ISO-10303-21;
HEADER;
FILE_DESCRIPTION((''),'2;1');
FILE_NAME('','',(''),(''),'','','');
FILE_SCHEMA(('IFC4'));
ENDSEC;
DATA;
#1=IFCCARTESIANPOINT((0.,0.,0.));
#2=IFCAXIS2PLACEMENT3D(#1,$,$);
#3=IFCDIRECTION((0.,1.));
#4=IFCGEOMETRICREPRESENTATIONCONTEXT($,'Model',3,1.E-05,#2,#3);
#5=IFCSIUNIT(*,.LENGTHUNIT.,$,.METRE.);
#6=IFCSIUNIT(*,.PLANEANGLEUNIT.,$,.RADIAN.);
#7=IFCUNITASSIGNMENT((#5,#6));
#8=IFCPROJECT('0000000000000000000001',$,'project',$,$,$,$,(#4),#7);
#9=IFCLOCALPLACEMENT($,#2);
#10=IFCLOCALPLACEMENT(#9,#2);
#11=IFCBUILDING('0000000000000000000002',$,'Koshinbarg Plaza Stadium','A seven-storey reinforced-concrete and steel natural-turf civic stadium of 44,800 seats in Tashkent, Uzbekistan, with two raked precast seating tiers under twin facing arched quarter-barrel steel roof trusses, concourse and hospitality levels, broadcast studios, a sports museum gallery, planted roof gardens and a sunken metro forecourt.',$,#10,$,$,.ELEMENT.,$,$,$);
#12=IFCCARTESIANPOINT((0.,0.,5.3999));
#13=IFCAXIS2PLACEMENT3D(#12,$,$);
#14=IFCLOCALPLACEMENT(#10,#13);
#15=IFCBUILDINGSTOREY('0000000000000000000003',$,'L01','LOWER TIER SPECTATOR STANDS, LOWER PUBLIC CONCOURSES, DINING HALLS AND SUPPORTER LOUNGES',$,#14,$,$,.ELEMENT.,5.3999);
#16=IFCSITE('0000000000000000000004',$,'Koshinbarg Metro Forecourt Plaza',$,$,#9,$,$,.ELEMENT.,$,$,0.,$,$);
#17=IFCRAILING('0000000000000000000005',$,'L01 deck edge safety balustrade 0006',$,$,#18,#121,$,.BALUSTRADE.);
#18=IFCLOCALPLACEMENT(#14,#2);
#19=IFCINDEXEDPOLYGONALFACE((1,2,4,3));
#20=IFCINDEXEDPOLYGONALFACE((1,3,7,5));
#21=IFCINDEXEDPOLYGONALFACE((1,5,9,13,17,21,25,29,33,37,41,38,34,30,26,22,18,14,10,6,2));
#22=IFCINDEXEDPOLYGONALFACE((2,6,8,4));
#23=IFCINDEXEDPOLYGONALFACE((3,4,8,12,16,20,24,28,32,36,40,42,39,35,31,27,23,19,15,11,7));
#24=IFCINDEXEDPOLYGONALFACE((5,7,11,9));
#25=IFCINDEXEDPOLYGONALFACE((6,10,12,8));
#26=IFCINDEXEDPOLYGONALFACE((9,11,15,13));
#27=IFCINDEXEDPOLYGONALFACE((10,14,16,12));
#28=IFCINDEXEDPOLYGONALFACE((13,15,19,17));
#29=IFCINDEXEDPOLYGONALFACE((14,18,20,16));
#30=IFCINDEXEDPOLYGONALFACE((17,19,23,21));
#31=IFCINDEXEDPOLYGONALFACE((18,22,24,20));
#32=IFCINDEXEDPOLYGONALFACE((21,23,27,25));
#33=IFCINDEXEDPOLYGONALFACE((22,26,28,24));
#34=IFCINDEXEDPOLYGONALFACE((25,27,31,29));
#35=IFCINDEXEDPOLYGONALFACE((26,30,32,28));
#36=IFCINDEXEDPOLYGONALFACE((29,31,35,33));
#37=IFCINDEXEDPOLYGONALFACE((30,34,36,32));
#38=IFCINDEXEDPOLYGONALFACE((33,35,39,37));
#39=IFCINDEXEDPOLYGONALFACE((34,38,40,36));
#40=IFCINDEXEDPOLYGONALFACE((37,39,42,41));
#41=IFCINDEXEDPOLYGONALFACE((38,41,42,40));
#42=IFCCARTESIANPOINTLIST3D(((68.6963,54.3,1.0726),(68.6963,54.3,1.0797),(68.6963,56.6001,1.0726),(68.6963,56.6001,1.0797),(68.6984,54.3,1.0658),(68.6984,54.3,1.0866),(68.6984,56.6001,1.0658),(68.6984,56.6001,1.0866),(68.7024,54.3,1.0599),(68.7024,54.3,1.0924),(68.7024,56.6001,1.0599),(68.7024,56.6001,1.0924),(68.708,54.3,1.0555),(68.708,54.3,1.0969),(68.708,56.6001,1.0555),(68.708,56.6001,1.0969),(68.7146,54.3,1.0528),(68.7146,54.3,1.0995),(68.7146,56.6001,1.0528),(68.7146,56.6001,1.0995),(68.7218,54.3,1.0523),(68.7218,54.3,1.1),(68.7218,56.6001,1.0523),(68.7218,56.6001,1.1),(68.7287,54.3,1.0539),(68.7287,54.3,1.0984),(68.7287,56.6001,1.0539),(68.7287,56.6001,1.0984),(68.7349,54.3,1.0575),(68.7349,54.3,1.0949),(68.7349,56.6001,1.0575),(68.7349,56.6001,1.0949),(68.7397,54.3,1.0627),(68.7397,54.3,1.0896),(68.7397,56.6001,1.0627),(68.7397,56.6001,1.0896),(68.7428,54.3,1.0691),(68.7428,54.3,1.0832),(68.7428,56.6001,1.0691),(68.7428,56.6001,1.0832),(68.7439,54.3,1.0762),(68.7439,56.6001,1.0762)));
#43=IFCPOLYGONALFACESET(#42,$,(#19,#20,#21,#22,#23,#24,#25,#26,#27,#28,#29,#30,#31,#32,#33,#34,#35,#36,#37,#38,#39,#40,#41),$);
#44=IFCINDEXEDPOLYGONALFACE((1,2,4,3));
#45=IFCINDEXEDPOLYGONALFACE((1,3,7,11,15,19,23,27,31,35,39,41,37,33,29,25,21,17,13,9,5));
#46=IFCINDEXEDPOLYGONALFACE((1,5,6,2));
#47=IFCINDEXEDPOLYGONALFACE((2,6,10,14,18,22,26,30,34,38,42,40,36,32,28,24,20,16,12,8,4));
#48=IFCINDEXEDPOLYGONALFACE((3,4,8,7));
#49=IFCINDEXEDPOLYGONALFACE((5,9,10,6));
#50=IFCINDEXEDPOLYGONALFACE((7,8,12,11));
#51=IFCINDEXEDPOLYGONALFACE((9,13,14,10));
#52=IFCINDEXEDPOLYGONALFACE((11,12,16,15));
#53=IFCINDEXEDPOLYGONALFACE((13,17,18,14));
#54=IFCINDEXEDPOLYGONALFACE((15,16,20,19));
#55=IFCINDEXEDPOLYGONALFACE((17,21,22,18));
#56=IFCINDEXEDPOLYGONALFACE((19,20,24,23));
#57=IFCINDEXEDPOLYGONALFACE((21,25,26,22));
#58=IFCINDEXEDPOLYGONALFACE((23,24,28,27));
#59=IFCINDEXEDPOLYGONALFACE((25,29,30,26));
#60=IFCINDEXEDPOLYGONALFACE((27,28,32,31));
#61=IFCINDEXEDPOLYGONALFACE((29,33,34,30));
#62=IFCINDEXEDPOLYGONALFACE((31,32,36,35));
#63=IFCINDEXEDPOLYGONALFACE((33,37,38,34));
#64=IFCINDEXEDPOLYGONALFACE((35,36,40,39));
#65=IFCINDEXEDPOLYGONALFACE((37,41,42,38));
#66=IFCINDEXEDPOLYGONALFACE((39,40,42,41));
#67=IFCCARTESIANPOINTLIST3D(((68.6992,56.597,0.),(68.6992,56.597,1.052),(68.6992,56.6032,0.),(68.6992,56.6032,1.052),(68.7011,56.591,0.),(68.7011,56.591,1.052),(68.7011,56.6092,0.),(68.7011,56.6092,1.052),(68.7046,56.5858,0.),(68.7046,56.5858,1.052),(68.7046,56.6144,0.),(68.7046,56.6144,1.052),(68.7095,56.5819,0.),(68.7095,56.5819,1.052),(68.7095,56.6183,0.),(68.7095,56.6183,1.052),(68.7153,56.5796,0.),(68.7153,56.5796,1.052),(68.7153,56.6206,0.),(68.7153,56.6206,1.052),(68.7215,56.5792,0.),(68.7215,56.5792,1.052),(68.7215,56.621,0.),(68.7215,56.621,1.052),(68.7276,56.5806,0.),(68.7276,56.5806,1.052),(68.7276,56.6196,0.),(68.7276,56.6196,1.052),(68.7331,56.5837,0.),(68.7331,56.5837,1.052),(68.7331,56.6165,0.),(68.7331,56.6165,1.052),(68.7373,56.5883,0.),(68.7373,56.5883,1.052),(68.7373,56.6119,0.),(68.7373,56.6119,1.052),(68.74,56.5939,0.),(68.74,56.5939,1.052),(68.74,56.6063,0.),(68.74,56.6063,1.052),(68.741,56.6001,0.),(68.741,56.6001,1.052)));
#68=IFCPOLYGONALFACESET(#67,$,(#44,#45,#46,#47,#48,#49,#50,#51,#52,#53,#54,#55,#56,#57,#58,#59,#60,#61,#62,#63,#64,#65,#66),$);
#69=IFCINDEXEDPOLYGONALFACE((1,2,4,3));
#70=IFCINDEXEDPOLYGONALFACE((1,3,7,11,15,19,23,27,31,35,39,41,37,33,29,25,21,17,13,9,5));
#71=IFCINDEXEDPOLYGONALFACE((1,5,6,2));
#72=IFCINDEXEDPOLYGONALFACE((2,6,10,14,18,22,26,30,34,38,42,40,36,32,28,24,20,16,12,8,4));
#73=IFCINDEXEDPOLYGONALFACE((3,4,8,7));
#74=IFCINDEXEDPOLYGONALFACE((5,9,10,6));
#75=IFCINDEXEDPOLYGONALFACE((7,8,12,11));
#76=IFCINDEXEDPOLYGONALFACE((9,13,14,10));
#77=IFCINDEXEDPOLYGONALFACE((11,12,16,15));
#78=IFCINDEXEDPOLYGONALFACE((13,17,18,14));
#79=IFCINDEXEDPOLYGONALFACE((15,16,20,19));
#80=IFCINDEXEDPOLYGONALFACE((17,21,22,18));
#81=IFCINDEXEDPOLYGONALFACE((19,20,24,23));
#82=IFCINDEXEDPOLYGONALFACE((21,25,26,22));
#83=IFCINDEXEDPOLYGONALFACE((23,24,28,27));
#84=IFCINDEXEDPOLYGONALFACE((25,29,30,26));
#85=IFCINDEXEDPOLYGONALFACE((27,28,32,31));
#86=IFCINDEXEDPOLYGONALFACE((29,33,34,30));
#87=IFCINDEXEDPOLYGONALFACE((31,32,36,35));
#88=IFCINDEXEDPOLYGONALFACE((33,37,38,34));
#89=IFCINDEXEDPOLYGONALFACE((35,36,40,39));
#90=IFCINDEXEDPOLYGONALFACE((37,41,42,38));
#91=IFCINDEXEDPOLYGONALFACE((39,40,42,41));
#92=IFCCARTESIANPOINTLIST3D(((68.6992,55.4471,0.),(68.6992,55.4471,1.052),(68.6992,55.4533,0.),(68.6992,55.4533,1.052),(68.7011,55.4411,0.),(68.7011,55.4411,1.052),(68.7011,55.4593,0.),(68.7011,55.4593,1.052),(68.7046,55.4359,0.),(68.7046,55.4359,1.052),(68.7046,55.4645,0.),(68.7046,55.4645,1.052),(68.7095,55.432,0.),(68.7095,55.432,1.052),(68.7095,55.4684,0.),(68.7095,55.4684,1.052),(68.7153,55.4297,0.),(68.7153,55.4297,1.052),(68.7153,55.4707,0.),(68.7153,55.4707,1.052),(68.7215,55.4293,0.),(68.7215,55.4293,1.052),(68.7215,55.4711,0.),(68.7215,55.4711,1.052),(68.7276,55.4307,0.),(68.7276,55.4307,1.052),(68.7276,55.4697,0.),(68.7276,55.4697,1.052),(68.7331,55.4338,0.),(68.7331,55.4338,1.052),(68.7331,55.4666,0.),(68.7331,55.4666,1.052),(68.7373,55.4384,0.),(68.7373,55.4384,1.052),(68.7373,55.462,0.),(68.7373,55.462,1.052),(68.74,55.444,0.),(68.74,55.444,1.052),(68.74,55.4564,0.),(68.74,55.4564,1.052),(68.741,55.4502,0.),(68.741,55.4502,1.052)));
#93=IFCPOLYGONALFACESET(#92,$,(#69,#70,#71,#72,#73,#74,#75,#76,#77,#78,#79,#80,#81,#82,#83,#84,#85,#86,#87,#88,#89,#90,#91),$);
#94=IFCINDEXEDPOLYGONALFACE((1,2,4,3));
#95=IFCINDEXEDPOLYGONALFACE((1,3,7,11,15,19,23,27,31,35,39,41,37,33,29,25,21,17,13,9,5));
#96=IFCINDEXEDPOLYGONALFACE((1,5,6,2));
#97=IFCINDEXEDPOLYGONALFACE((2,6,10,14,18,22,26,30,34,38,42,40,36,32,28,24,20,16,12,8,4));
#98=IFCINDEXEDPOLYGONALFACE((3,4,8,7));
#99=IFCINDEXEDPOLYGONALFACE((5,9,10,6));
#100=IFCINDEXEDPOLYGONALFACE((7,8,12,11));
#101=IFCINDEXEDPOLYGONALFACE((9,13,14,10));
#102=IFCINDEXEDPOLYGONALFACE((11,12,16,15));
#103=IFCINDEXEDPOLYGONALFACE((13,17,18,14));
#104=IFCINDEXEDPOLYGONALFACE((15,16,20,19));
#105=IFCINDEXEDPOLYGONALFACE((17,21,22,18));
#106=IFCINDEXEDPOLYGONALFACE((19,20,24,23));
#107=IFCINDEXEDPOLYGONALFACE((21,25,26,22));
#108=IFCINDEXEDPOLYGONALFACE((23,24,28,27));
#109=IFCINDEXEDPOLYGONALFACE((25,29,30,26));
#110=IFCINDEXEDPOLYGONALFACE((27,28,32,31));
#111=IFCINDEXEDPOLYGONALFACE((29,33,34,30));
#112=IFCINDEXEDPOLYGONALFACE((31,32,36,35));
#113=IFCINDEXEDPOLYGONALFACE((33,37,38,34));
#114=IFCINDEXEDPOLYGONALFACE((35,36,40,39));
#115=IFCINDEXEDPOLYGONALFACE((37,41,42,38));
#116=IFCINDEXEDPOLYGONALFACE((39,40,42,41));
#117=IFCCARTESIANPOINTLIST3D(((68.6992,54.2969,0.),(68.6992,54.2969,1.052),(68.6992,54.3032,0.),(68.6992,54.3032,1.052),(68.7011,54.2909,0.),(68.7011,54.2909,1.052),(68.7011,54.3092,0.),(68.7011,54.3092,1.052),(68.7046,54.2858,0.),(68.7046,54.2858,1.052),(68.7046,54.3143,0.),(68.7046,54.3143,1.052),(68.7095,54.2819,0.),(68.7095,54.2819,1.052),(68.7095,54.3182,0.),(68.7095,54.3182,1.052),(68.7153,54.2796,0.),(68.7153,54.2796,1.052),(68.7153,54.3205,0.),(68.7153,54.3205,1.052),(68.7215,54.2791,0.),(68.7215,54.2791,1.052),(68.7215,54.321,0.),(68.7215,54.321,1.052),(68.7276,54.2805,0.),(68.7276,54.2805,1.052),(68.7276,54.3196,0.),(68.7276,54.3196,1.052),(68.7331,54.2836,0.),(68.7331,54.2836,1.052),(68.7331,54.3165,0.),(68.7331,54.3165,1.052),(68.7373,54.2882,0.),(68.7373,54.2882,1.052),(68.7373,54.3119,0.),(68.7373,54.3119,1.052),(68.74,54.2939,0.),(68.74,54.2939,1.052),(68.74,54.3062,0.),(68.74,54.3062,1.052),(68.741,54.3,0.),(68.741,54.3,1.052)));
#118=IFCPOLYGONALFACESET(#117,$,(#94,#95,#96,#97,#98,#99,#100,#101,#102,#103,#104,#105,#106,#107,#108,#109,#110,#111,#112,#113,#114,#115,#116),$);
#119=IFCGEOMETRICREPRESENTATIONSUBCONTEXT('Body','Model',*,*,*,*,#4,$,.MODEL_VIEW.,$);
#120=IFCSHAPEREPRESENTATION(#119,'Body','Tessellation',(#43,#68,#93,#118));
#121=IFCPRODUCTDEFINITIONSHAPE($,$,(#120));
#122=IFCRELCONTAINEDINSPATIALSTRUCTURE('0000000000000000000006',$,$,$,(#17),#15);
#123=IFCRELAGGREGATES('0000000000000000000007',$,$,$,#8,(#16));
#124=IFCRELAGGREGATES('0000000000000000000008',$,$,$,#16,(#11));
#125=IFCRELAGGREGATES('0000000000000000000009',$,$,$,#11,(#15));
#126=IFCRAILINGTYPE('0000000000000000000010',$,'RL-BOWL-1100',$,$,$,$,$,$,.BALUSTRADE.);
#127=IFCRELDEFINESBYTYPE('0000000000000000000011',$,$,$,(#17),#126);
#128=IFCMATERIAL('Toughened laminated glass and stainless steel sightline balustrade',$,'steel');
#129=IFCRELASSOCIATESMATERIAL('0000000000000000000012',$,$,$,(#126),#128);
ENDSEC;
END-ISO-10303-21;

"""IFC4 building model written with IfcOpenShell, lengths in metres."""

from ifc_helpers import new_model, si_unit, direction, frame, origin, origin_2d, place, context, subcontext, project, spatial, circle, extrude, material, type_object, element, save


model = new_model("IFC4")

# Units and contexts
model_context = context("Model", 3, precision=1e-05, world=origin(), true_north=direction((0.0, 1.0)))
body_context = subcontext(model_context, "Body", "Model", "MODEL_VIEW")
ifc_project = project(units=[si_unit("LENGTHUNIT", "METRE"), si_unit("PLANEANGLEUNIT", "RADIAN")], contexts=[model_context])

# Site, building, storey
site_placement = place(None, origin())
site = spatial("IfcSite", under=ifc_project, at=site_placement, Name="Koshinbarg Metro Forecourt Plaza", CompositionType="ELEMENT", RefElevation=0.0)
building_placement = place(site_placement, origin())
building = spatial("IfcBuilding", under=site, at=building_placement, Name="Koshinbarg Plaza Stadium", Description="A seven-storey reinforced-concrete and steel natural-turf civic stadium of 44,800 seats in Tashkent, Uzbekistan, with two raked precast seating tiers under twin facing arched quarter-barrel steel roof trusses, concourse and hospitality levels, broadcast studios, a sports museum gallery, planted roof gardens and a sunken metro forecourt.", CompositionType="ELEMENT")
storey_placement = place(building_placement, frame((0.0, 0.0, 5.3999)))
storey = spatial("IfcBuildingStorey", under=building, at=storey_placement, Name="L01", Description="LOWER TIER SPECTATOR STANDS, LOWER PUBLIC CONCOURSES, DINING HALLS AND SUPPORTER LOUNGES", CompositionType="ELEMENT", Elevation=5.3999)

# Railing
ifc_material_1 = material(Name="Toughened laminated glass and stainless steel sightline balustrade", Category="steel")
railing_type_1 = type_object("IfcRailingType", Name="RL-BOWL-1100", PredefinedType="BALUSTRADE", material=ifc_material_1)
railing_1_placement = place(storey_placement, frame((68.72, 56.6001, 0.0)))
element("IfcRailing", 1, at=railing_1_placement, inside=storey, type_object=railing_type_1, Name="L01 deck edge safety balustrade 0006", PredefinedType="BALUSTRADE", context=body_context, shape_type="SweptSolid", body=[
    extrude(circle(Radius=0.0239, at=origin_2d()), frame((0.0, 0.0, 1.0762), z_axis=(0.0, -1.0, 0.0), x_axis=(1.0, 0.0, 0.0)), (0.0, 0.0, 1.0), 2.3),
    extrude(circle(Radius=0.021, at=origin_2d()), origin(), (0.0, 0.0, 1.0), 1.052),
    extrude(circle(Radius=0.021, at=origin_2d()), frame((0.0, -1.1499, 0.0)), (0.0, 0.0, 1.0), 1.052),
    extrude(circle(Radius=0.021, at=origin_2d()), frame((0.0, -2.3, 0.0)), (0.0, 0.0, 1.0), 1.052),
])

save(model, "model.ifc")
